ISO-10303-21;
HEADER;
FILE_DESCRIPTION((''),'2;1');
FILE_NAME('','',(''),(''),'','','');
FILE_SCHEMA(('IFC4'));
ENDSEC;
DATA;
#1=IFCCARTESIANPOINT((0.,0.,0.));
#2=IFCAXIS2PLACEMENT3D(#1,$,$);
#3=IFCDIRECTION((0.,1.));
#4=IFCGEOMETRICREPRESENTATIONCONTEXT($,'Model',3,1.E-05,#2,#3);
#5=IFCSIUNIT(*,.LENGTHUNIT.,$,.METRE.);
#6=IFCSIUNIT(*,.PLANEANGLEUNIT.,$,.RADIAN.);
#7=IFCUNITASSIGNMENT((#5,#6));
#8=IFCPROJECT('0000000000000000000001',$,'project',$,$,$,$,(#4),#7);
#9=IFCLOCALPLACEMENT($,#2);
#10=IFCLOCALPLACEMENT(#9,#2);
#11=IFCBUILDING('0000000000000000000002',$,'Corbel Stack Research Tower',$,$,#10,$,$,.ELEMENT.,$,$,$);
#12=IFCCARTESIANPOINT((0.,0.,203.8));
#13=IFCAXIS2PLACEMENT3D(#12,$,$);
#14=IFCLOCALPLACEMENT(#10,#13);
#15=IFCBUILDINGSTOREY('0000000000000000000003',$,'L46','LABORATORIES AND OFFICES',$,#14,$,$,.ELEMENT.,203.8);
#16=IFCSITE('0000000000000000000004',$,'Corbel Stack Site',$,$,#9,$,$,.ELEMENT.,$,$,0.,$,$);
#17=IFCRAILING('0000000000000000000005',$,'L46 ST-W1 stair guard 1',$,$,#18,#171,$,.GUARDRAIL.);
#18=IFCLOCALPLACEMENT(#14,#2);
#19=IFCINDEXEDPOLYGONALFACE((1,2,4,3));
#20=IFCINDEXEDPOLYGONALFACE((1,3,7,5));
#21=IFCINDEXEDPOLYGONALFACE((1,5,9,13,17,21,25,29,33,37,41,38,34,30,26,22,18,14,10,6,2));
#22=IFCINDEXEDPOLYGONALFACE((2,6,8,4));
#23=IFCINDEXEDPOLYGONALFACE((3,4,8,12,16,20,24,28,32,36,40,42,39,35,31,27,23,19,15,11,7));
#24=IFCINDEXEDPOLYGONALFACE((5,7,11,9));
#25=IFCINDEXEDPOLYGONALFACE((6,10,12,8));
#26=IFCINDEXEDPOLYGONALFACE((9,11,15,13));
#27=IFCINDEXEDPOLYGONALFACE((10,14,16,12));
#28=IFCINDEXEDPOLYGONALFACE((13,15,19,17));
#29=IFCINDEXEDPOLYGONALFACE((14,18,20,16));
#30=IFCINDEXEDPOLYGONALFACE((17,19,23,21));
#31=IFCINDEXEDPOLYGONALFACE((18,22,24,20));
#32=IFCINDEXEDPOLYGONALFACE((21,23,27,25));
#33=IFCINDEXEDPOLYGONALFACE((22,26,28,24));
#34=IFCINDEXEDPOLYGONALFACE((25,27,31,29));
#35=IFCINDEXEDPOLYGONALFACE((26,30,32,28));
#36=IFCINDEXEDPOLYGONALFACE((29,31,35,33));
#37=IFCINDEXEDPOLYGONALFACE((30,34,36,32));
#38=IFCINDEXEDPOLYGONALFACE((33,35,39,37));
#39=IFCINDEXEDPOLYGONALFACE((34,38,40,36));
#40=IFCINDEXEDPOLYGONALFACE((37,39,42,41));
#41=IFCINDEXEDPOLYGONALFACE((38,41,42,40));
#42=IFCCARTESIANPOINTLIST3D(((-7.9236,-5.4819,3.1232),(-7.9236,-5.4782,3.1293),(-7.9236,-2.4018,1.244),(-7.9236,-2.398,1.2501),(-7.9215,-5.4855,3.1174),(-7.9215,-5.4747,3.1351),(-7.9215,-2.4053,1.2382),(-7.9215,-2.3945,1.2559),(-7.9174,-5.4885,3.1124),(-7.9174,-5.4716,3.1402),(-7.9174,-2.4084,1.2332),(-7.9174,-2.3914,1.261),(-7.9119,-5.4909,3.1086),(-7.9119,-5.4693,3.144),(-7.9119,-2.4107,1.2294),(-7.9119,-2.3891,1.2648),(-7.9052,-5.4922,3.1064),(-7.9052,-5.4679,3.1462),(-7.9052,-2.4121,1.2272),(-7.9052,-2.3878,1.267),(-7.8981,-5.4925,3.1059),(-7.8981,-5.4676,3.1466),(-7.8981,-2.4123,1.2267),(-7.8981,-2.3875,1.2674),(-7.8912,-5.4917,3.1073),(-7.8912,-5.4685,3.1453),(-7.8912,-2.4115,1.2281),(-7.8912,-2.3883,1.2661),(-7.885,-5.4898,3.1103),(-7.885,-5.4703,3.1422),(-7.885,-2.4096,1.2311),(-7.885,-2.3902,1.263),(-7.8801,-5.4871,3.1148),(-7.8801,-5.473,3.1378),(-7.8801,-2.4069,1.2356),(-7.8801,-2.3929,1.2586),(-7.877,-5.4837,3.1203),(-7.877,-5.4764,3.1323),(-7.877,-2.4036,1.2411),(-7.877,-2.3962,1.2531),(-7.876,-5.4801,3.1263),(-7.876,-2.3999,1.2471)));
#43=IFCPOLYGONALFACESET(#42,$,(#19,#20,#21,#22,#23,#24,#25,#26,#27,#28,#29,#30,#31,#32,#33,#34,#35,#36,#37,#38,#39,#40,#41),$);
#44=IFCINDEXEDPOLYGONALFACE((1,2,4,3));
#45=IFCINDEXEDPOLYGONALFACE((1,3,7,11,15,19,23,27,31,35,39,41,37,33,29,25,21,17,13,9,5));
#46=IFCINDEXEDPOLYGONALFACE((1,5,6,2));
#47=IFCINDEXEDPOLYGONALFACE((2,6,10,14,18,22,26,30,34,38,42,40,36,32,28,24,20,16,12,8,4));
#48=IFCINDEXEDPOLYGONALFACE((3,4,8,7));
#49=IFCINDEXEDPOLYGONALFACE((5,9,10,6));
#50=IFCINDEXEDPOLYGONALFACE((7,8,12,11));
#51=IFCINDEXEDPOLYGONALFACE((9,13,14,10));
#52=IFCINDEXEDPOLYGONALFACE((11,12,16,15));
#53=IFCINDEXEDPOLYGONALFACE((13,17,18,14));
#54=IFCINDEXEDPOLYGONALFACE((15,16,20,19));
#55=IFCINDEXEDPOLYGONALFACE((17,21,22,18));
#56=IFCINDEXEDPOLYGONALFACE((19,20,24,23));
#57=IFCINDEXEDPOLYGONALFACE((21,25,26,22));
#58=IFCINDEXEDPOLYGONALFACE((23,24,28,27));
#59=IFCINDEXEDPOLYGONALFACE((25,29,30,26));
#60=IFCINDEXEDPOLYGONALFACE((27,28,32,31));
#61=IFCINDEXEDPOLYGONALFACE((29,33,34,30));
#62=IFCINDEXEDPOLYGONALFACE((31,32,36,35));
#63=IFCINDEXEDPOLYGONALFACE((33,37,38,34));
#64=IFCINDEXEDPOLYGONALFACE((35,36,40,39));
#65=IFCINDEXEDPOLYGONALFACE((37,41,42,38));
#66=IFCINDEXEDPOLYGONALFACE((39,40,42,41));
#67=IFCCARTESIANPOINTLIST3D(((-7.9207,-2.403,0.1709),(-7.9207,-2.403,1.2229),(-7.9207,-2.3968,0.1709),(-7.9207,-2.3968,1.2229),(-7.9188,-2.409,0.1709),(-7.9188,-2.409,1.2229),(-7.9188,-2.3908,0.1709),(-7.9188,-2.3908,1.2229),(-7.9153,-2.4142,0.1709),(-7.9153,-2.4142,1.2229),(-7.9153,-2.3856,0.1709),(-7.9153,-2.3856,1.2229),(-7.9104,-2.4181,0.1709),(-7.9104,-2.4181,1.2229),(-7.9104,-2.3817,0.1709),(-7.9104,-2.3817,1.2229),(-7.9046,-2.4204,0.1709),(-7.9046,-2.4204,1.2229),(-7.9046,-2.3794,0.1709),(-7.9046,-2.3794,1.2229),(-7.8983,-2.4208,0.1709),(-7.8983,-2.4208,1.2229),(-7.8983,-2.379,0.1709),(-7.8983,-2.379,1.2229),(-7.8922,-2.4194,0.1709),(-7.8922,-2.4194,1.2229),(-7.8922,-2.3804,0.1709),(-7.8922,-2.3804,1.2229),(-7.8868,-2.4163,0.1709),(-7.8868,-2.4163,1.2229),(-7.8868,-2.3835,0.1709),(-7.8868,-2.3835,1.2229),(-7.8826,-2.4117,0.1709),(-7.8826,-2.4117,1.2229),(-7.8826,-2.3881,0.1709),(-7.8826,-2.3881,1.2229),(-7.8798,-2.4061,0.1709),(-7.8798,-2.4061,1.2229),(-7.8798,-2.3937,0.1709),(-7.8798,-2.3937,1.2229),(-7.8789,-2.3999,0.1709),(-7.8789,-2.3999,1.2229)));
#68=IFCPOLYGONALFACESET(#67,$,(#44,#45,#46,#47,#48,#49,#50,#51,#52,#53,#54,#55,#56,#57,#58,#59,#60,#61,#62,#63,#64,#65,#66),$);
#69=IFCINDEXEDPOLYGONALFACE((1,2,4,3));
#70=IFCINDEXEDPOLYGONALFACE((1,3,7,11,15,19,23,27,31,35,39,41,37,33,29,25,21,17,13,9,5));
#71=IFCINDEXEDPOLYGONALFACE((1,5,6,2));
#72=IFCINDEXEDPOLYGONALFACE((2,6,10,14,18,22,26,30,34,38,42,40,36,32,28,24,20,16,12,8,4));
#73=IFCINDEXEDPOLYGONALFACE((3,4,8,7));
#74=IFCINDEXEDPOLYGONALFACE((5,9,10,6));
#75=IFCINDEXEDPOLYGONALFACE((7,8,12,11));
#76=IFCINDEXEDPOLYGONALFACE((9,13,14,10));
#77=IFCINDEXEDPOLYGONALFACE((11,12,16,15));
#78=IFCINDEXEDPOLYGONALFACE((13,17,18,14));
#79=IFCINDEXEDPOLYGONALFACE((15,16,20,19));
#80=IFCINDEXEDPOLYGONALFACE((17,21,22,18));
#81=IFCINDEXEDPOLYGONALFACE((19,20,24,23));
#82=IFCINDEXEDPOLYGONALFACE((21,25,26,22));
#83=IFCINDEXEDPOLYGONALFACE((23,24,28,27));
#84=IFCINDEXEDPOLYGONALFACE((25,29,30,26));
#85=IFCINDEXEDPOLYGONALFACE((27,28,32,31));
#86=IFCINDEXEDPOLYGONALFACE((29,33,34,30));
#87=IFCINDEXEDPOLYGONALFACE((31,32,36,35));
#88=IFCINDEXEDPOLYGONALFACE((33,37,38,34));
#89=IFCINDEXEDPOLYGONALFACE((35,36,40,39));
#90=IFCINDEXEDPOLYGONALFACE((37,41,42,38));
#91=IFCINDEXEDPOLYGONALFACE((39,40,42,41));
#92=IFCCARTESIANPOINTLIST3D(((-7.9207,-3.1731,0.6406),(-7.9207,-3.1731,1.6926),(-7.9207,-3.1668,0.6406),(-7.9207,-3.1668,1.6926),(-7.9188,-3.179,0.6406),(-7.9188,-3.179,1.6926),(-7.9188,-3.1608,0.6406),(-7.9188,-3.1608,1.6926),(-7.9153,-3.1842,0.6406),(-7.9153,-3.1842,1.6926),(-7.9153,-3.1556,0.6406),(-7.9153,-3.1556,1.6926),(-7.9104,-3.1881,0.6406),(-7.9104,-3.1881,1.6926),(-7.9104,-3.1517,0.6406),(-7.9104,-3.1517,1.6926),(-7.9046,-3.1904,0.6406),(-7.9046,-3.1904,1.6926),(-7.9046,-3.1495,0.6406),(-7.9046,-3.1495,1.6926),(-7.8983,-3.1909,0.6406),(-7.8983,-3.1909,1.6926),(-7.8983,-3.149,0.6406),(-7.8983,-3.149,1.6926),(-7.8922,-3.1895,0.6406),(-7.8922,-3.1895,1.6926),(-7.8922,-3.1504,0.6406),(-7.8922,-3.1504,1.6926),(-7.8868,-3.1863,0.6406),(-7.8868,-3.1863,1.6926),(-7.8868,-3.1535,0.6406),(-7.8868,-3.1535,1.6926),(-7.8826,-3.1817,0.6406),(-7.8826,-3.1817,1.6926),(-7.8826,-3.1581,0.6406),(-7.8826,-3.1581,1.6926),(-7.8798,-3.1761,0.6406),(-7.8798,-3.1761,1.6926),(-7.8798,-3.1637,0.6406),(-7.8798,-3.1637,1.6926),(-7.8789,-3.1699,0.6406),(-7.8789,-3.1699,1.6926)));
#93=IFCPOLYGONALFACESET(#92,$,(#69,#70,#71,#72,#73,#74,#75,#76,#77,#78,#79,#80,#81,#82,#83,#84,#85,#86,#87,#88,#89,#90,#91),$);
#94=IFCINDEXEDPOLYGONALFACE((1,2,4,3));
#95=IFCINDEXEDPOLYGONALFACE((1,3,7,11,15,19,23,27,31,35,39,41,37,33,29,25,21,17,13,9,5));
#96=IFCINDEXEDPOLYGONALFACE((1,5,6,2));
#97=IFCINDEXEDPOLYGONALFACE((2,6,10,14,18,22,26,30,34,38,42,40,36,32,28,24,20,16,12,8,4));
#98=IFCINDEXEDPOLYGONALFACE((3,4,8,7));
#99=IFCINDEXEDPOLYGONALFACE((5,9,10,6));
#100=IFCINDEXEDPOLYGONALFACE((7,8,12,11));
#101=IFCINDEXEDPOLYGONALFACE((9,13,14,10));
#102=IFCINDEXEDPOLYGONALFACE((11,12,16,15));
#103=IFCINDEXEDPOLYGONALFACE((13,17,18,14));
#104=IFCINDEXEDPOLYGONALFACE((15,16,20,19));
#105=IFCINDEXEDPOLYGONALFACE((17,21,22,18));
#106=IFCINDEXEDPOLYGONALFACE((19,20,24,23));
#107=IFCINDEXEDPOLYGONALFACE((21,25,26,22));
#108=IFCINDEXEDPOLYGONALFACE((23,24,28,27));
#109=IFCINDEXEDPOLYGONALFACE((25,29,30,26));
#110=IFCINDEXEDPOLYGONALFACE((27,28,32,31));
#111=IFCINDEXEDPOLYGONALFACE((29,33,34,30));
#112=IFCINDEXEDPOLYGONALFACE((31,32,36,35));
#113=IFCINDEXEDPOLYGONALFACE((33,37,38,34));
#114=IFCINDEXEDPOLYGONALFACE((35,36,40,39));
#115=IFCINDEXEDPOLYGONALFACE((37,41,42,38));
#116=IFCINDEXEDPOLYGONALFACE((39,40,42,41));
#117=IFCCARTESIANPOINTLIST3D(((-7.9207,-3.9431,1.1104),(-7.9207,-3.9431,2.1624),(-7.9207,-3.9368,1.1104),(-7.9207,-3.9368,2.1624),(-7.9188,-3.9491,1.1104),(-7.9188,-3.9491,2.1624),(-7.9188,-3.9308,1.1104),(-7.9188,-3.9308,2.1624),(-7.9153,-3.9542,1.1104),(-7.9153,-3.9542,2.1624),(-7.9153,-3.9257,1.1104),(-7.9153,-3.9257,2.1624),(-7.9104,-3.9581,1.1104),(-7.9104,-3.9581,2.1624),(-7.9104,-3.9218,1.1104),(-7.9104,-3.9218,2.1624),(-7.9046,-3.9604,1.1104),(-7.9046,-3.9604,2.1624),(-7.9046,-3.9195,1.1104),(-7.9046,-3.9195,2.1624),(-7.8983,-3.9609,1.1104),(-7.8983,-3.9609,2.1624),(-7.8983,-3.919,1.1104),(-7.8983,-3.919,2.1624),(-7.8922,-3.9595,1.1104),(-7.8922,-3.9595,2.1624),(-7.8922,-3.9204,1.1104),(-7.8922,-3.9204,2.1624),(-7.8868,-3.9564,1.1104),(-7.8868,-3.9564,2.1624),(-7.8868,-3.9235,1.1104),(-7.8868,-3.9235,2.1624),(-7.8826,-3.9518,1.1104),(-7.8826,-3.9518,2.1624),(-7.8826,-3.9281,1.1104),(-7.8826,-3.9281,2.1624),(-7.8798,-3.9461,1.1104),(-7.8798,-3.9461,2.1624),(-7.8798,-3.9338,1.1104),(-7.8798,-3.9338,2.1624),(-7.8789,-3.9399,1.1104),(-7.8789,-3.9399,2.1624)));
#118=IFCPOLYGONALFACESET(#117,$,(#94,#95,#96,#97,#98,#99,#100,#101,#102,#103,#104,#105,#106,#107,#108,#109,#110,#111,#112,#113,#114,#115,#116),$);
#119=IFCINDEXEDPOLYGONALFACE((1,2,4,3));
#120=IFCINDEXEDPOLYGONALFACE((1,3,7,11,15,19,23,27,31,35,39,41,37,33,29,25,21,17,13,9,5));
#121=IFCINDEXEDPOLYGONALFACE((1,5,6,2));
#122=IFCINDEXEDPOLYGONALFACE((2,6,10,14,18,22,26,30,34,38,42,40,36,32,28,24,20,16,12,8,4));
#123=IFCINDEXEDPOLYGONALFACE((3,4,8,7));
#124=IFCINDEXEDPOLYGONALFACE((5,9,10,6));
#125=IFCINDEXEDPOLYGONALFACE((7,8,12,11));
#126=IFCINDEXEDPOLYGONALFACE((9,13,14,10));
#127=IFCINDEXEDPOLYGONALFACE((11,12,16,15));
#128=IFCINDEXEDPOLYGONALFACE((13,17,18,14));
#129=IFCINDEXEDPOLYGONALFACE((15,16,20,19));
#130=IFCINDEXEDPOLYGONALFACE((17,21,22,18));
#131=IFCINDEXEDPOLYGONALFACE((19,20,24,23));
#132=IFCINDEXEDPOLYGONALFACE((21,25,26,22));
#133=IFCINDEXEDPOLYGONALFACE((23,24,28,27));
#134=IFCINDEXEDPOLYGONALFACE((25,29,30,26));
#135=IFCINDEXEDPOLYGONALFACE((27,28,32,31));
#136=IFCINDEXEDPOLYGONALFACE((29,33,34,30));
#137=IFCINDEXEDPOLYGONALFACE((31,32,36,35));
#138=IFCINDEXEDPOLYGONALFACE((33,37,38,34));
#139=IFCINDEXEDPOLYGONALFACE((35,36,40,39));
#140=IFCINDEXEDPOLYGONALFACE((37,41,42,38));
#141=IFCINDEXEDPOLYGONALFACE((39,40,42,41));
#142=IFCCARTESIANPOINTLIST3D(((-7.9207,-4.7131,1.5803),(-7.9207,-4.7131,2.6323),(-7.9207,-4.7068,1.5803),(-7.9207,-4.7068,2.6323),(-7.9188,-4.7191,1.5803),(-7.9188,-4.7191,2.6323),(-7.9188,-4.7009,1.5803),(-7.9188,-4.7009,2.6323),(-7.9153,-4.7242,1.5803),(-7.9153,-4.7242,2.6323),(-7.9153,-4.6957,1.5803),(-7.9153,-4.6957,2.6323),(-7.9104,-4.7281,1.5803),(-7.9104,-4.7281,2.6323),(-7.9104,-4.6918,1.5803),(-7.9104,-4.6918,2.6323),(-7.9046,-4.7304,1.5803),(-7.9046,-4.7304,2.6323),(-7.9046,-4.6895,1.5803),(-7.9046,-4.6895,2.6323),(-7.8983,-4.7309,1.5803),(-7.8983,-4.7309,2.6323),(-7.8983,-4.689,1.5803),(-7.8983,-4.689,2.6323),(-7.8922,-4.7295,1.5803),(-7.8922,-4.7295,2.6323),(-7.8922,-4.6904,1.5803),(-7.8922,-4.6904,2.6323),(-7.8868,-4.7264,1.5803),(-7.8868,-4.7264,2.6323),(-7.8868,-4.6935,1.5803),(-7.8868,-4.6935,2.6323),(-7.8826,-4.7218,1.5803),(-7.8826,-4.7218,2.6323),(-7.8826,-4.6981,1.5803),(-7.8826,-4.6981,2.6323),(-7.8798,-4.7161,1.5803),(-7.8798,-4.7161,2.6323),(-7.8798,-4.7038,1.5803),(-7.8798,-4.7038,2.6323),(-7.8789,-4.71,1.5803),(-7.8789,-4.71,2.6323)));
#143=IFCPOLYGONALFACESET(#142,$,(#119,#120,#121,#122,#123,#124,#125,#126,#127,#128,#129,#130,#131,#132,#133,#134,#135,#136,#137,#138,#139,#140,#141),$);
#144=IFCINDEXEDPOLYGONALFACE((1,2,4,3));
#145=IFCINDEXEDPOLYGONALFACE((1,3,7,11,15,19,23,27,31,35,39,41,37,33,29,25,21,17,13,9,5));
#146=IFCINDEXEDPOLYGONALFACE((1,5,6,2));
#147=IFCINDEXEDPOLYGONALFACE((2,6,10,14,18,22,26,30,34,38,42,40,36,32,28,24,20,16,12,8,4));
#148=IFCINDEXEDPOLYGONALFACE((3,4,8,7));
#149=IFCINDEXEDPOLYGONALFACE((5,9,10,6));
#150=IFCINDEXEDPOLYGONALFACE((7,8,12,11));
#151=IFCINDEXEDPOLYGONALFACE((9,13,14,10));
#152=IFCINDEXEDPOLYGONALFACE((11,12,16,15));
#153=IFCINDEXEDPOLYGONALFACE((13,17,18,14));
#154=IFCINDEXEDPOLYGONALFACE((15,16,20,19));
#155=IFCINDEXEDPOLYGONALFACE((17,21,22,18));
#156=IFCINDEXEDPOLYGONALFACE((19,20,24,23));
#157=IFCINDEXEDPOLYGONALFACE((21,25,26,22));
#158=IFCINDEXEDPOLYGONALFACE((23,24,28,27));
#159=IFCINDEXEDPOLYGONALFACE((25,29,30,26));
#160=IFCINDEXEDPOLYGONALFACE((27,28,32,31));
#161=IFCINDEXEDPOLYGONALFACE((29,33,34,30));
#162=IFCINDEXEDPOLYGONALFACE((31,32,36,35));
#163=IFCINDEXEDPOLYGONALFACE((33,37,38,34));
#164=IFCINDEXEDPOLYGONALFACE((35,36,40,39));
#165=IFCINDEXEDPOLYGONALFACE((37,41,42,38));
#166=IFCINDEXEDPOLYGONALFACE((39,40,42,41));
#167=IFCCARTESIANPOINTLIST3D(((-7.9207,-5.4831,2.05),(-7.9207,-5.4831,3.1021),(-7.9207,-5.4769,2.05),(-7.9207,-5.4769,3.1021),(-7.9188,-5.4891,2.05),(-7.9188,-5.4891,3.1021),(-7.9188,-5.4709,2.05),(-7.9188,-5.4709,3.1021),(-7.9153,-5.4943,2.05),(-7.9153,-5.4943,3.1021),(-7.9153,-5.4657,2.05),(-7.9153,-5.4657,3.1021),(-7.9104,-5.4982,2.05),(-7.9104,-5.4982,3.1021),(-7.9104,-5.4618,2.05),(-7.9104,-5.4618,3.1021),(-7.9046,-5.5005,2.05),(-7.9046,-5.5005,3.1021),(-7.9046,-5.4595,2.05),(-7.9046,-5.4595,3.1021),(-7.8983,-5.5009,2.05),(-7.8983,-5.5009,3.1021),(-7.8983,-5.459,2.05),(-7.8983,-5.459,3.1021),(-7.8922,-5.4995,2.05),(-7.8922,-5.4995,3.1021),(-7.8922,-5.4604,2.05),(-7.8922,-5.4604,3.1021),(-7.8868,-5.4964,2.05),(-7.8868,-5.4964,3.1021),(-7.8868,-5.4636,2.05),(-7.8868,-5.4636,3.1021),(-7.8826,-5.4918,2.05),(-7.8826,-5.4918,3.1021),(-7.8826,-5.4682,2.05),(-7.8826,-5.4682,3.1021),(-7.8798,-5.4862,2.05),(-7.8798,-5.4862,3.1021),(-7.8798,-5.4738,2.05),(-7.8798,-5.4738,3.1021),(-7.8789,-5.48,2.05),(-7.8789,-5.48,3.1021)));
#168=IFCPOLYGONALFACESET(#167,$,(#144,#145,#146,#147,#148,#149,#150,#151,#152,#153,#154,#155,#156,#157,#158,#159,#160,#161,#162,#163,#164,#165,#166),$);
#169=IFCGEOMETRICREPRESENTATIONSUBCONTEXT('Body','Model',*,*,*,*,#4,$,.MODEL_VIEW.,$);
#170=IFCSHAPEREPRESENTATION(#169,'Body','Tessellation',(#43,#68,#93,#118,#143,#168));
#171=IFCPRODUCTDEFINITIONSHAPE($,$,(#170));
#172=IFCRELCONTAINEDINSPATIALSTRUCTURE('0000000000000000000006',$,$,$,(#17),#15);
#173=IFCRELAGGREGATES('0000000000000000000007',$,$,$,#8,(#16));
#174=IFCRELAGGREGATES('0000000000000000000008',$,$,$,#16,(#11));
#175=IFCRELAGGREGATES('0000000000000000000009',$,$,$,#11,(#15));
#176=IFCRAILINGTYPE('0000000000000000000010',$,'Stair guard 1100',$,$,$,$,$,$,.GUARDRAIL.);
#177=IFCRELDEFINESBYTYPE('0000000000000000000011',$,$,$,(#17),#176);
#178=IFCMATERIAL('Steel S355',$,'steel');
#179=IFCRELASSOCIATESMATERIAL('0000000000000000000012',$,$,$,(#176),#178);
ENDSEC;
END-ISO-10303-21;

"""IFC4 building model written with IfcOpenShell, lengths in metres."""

from ifc_helpers import new_model, si_unit, direction, frame, origin, origin_2d, place, context, subcontext, project, spatial, circle, extrude, material, type_object, element, save


model = new_model("IFC4")

# Units and contexts
model_context = context("Model", 3, precision=1e-05, world=origin(), true_north=direction((0.0, 1.0)))
body_context = subcontext(model_context, "Body", "Model", "MODEL_VIEW")
ifc_project = project(units=[si_unit("LENGTHUNIT", "METRE"), si_unit("PLANEANGLEUNIT", "RADIAN")], contexts=[model_context])

# Site, building, storey
site_placement = place(None, origin())
site = spatial("IfcSite", under=ifc_project, at=site_placement, Name="Corbel Stack Site", CompositionType="ELEMENT", RefElevation=0.0)
building_placement = place(site_placement, origin())
building = spatial("IfcBuilding", under=site, at=building_placement, Name="Corbel Stack Research Tower", CompositionType="ELEMENT")
storey_placement = place(building_placement, frame((0.0, 0.0, 203.8)))
storey = spatial("IfcBuildingStorey", under=building, at=storey_placement, Name="L46", Description="LABORATORIES AND OFFICES", CompositionType="ELEMENT", Elevation=203.8)

# Railing
ifc_material_1 = material(Name="Steel S355", Category="steel")
railing_type_1 = type_object("IfcRailingType", Name="Stair guard 1100", PredefinedType="GUARDRAIL", material=ifc_material_1)
railing_1_placement = place(storey_placement, frame((-7.8999, -2.3999, 0.1709)))
element("IfcRailing", 1, at=railing_1_placement, inside=storey, type_object=railing_type_1, Name="L46 ST-W1 stair guard 1", PredefinedType="GUARDRAIL", context=body_context, shape_type="SweptSolid", body=[
    extrude(circle(Radius=0.0239, at=origin_2d()), frame((0.0, 0.0, 1.0762), z_axis=(0.0, -0.853666, 0.52082), x_axis=(1.0, 0.0, 0.0)), (0.0, 0.0, 1.0), 3.6082),
    extrude(circle(Radius=0.021, at=origin_2d()), origin(), (0.0, 0.0, 1.0), 1.052),
    extrude(circle(Radius=0.021, at=origin_2d()), frame((0.0, -0.77, 0.4697)), (0.0, 0.0, 1.0), 1.052),
    extrude(circle(Radius=0.021, at=origin_2d()), frame((0.0, -1.54, 0.9395)), (0.0, 0.0, 1.0), 1.052),
    extrude(circle(Radius=0.021, at=origin_2d()), frame((0.0, -2.3101, 1.4094)), (0.0, 0.0, 1.0), 1.052),
    extrude(circle(Radius=0.021, at=origin_2d()), frame((0.0, -3.0801, 1.8792)), (0.0, 0.0, 1.0), 1.052),
])

save(model, "model.ifc")
